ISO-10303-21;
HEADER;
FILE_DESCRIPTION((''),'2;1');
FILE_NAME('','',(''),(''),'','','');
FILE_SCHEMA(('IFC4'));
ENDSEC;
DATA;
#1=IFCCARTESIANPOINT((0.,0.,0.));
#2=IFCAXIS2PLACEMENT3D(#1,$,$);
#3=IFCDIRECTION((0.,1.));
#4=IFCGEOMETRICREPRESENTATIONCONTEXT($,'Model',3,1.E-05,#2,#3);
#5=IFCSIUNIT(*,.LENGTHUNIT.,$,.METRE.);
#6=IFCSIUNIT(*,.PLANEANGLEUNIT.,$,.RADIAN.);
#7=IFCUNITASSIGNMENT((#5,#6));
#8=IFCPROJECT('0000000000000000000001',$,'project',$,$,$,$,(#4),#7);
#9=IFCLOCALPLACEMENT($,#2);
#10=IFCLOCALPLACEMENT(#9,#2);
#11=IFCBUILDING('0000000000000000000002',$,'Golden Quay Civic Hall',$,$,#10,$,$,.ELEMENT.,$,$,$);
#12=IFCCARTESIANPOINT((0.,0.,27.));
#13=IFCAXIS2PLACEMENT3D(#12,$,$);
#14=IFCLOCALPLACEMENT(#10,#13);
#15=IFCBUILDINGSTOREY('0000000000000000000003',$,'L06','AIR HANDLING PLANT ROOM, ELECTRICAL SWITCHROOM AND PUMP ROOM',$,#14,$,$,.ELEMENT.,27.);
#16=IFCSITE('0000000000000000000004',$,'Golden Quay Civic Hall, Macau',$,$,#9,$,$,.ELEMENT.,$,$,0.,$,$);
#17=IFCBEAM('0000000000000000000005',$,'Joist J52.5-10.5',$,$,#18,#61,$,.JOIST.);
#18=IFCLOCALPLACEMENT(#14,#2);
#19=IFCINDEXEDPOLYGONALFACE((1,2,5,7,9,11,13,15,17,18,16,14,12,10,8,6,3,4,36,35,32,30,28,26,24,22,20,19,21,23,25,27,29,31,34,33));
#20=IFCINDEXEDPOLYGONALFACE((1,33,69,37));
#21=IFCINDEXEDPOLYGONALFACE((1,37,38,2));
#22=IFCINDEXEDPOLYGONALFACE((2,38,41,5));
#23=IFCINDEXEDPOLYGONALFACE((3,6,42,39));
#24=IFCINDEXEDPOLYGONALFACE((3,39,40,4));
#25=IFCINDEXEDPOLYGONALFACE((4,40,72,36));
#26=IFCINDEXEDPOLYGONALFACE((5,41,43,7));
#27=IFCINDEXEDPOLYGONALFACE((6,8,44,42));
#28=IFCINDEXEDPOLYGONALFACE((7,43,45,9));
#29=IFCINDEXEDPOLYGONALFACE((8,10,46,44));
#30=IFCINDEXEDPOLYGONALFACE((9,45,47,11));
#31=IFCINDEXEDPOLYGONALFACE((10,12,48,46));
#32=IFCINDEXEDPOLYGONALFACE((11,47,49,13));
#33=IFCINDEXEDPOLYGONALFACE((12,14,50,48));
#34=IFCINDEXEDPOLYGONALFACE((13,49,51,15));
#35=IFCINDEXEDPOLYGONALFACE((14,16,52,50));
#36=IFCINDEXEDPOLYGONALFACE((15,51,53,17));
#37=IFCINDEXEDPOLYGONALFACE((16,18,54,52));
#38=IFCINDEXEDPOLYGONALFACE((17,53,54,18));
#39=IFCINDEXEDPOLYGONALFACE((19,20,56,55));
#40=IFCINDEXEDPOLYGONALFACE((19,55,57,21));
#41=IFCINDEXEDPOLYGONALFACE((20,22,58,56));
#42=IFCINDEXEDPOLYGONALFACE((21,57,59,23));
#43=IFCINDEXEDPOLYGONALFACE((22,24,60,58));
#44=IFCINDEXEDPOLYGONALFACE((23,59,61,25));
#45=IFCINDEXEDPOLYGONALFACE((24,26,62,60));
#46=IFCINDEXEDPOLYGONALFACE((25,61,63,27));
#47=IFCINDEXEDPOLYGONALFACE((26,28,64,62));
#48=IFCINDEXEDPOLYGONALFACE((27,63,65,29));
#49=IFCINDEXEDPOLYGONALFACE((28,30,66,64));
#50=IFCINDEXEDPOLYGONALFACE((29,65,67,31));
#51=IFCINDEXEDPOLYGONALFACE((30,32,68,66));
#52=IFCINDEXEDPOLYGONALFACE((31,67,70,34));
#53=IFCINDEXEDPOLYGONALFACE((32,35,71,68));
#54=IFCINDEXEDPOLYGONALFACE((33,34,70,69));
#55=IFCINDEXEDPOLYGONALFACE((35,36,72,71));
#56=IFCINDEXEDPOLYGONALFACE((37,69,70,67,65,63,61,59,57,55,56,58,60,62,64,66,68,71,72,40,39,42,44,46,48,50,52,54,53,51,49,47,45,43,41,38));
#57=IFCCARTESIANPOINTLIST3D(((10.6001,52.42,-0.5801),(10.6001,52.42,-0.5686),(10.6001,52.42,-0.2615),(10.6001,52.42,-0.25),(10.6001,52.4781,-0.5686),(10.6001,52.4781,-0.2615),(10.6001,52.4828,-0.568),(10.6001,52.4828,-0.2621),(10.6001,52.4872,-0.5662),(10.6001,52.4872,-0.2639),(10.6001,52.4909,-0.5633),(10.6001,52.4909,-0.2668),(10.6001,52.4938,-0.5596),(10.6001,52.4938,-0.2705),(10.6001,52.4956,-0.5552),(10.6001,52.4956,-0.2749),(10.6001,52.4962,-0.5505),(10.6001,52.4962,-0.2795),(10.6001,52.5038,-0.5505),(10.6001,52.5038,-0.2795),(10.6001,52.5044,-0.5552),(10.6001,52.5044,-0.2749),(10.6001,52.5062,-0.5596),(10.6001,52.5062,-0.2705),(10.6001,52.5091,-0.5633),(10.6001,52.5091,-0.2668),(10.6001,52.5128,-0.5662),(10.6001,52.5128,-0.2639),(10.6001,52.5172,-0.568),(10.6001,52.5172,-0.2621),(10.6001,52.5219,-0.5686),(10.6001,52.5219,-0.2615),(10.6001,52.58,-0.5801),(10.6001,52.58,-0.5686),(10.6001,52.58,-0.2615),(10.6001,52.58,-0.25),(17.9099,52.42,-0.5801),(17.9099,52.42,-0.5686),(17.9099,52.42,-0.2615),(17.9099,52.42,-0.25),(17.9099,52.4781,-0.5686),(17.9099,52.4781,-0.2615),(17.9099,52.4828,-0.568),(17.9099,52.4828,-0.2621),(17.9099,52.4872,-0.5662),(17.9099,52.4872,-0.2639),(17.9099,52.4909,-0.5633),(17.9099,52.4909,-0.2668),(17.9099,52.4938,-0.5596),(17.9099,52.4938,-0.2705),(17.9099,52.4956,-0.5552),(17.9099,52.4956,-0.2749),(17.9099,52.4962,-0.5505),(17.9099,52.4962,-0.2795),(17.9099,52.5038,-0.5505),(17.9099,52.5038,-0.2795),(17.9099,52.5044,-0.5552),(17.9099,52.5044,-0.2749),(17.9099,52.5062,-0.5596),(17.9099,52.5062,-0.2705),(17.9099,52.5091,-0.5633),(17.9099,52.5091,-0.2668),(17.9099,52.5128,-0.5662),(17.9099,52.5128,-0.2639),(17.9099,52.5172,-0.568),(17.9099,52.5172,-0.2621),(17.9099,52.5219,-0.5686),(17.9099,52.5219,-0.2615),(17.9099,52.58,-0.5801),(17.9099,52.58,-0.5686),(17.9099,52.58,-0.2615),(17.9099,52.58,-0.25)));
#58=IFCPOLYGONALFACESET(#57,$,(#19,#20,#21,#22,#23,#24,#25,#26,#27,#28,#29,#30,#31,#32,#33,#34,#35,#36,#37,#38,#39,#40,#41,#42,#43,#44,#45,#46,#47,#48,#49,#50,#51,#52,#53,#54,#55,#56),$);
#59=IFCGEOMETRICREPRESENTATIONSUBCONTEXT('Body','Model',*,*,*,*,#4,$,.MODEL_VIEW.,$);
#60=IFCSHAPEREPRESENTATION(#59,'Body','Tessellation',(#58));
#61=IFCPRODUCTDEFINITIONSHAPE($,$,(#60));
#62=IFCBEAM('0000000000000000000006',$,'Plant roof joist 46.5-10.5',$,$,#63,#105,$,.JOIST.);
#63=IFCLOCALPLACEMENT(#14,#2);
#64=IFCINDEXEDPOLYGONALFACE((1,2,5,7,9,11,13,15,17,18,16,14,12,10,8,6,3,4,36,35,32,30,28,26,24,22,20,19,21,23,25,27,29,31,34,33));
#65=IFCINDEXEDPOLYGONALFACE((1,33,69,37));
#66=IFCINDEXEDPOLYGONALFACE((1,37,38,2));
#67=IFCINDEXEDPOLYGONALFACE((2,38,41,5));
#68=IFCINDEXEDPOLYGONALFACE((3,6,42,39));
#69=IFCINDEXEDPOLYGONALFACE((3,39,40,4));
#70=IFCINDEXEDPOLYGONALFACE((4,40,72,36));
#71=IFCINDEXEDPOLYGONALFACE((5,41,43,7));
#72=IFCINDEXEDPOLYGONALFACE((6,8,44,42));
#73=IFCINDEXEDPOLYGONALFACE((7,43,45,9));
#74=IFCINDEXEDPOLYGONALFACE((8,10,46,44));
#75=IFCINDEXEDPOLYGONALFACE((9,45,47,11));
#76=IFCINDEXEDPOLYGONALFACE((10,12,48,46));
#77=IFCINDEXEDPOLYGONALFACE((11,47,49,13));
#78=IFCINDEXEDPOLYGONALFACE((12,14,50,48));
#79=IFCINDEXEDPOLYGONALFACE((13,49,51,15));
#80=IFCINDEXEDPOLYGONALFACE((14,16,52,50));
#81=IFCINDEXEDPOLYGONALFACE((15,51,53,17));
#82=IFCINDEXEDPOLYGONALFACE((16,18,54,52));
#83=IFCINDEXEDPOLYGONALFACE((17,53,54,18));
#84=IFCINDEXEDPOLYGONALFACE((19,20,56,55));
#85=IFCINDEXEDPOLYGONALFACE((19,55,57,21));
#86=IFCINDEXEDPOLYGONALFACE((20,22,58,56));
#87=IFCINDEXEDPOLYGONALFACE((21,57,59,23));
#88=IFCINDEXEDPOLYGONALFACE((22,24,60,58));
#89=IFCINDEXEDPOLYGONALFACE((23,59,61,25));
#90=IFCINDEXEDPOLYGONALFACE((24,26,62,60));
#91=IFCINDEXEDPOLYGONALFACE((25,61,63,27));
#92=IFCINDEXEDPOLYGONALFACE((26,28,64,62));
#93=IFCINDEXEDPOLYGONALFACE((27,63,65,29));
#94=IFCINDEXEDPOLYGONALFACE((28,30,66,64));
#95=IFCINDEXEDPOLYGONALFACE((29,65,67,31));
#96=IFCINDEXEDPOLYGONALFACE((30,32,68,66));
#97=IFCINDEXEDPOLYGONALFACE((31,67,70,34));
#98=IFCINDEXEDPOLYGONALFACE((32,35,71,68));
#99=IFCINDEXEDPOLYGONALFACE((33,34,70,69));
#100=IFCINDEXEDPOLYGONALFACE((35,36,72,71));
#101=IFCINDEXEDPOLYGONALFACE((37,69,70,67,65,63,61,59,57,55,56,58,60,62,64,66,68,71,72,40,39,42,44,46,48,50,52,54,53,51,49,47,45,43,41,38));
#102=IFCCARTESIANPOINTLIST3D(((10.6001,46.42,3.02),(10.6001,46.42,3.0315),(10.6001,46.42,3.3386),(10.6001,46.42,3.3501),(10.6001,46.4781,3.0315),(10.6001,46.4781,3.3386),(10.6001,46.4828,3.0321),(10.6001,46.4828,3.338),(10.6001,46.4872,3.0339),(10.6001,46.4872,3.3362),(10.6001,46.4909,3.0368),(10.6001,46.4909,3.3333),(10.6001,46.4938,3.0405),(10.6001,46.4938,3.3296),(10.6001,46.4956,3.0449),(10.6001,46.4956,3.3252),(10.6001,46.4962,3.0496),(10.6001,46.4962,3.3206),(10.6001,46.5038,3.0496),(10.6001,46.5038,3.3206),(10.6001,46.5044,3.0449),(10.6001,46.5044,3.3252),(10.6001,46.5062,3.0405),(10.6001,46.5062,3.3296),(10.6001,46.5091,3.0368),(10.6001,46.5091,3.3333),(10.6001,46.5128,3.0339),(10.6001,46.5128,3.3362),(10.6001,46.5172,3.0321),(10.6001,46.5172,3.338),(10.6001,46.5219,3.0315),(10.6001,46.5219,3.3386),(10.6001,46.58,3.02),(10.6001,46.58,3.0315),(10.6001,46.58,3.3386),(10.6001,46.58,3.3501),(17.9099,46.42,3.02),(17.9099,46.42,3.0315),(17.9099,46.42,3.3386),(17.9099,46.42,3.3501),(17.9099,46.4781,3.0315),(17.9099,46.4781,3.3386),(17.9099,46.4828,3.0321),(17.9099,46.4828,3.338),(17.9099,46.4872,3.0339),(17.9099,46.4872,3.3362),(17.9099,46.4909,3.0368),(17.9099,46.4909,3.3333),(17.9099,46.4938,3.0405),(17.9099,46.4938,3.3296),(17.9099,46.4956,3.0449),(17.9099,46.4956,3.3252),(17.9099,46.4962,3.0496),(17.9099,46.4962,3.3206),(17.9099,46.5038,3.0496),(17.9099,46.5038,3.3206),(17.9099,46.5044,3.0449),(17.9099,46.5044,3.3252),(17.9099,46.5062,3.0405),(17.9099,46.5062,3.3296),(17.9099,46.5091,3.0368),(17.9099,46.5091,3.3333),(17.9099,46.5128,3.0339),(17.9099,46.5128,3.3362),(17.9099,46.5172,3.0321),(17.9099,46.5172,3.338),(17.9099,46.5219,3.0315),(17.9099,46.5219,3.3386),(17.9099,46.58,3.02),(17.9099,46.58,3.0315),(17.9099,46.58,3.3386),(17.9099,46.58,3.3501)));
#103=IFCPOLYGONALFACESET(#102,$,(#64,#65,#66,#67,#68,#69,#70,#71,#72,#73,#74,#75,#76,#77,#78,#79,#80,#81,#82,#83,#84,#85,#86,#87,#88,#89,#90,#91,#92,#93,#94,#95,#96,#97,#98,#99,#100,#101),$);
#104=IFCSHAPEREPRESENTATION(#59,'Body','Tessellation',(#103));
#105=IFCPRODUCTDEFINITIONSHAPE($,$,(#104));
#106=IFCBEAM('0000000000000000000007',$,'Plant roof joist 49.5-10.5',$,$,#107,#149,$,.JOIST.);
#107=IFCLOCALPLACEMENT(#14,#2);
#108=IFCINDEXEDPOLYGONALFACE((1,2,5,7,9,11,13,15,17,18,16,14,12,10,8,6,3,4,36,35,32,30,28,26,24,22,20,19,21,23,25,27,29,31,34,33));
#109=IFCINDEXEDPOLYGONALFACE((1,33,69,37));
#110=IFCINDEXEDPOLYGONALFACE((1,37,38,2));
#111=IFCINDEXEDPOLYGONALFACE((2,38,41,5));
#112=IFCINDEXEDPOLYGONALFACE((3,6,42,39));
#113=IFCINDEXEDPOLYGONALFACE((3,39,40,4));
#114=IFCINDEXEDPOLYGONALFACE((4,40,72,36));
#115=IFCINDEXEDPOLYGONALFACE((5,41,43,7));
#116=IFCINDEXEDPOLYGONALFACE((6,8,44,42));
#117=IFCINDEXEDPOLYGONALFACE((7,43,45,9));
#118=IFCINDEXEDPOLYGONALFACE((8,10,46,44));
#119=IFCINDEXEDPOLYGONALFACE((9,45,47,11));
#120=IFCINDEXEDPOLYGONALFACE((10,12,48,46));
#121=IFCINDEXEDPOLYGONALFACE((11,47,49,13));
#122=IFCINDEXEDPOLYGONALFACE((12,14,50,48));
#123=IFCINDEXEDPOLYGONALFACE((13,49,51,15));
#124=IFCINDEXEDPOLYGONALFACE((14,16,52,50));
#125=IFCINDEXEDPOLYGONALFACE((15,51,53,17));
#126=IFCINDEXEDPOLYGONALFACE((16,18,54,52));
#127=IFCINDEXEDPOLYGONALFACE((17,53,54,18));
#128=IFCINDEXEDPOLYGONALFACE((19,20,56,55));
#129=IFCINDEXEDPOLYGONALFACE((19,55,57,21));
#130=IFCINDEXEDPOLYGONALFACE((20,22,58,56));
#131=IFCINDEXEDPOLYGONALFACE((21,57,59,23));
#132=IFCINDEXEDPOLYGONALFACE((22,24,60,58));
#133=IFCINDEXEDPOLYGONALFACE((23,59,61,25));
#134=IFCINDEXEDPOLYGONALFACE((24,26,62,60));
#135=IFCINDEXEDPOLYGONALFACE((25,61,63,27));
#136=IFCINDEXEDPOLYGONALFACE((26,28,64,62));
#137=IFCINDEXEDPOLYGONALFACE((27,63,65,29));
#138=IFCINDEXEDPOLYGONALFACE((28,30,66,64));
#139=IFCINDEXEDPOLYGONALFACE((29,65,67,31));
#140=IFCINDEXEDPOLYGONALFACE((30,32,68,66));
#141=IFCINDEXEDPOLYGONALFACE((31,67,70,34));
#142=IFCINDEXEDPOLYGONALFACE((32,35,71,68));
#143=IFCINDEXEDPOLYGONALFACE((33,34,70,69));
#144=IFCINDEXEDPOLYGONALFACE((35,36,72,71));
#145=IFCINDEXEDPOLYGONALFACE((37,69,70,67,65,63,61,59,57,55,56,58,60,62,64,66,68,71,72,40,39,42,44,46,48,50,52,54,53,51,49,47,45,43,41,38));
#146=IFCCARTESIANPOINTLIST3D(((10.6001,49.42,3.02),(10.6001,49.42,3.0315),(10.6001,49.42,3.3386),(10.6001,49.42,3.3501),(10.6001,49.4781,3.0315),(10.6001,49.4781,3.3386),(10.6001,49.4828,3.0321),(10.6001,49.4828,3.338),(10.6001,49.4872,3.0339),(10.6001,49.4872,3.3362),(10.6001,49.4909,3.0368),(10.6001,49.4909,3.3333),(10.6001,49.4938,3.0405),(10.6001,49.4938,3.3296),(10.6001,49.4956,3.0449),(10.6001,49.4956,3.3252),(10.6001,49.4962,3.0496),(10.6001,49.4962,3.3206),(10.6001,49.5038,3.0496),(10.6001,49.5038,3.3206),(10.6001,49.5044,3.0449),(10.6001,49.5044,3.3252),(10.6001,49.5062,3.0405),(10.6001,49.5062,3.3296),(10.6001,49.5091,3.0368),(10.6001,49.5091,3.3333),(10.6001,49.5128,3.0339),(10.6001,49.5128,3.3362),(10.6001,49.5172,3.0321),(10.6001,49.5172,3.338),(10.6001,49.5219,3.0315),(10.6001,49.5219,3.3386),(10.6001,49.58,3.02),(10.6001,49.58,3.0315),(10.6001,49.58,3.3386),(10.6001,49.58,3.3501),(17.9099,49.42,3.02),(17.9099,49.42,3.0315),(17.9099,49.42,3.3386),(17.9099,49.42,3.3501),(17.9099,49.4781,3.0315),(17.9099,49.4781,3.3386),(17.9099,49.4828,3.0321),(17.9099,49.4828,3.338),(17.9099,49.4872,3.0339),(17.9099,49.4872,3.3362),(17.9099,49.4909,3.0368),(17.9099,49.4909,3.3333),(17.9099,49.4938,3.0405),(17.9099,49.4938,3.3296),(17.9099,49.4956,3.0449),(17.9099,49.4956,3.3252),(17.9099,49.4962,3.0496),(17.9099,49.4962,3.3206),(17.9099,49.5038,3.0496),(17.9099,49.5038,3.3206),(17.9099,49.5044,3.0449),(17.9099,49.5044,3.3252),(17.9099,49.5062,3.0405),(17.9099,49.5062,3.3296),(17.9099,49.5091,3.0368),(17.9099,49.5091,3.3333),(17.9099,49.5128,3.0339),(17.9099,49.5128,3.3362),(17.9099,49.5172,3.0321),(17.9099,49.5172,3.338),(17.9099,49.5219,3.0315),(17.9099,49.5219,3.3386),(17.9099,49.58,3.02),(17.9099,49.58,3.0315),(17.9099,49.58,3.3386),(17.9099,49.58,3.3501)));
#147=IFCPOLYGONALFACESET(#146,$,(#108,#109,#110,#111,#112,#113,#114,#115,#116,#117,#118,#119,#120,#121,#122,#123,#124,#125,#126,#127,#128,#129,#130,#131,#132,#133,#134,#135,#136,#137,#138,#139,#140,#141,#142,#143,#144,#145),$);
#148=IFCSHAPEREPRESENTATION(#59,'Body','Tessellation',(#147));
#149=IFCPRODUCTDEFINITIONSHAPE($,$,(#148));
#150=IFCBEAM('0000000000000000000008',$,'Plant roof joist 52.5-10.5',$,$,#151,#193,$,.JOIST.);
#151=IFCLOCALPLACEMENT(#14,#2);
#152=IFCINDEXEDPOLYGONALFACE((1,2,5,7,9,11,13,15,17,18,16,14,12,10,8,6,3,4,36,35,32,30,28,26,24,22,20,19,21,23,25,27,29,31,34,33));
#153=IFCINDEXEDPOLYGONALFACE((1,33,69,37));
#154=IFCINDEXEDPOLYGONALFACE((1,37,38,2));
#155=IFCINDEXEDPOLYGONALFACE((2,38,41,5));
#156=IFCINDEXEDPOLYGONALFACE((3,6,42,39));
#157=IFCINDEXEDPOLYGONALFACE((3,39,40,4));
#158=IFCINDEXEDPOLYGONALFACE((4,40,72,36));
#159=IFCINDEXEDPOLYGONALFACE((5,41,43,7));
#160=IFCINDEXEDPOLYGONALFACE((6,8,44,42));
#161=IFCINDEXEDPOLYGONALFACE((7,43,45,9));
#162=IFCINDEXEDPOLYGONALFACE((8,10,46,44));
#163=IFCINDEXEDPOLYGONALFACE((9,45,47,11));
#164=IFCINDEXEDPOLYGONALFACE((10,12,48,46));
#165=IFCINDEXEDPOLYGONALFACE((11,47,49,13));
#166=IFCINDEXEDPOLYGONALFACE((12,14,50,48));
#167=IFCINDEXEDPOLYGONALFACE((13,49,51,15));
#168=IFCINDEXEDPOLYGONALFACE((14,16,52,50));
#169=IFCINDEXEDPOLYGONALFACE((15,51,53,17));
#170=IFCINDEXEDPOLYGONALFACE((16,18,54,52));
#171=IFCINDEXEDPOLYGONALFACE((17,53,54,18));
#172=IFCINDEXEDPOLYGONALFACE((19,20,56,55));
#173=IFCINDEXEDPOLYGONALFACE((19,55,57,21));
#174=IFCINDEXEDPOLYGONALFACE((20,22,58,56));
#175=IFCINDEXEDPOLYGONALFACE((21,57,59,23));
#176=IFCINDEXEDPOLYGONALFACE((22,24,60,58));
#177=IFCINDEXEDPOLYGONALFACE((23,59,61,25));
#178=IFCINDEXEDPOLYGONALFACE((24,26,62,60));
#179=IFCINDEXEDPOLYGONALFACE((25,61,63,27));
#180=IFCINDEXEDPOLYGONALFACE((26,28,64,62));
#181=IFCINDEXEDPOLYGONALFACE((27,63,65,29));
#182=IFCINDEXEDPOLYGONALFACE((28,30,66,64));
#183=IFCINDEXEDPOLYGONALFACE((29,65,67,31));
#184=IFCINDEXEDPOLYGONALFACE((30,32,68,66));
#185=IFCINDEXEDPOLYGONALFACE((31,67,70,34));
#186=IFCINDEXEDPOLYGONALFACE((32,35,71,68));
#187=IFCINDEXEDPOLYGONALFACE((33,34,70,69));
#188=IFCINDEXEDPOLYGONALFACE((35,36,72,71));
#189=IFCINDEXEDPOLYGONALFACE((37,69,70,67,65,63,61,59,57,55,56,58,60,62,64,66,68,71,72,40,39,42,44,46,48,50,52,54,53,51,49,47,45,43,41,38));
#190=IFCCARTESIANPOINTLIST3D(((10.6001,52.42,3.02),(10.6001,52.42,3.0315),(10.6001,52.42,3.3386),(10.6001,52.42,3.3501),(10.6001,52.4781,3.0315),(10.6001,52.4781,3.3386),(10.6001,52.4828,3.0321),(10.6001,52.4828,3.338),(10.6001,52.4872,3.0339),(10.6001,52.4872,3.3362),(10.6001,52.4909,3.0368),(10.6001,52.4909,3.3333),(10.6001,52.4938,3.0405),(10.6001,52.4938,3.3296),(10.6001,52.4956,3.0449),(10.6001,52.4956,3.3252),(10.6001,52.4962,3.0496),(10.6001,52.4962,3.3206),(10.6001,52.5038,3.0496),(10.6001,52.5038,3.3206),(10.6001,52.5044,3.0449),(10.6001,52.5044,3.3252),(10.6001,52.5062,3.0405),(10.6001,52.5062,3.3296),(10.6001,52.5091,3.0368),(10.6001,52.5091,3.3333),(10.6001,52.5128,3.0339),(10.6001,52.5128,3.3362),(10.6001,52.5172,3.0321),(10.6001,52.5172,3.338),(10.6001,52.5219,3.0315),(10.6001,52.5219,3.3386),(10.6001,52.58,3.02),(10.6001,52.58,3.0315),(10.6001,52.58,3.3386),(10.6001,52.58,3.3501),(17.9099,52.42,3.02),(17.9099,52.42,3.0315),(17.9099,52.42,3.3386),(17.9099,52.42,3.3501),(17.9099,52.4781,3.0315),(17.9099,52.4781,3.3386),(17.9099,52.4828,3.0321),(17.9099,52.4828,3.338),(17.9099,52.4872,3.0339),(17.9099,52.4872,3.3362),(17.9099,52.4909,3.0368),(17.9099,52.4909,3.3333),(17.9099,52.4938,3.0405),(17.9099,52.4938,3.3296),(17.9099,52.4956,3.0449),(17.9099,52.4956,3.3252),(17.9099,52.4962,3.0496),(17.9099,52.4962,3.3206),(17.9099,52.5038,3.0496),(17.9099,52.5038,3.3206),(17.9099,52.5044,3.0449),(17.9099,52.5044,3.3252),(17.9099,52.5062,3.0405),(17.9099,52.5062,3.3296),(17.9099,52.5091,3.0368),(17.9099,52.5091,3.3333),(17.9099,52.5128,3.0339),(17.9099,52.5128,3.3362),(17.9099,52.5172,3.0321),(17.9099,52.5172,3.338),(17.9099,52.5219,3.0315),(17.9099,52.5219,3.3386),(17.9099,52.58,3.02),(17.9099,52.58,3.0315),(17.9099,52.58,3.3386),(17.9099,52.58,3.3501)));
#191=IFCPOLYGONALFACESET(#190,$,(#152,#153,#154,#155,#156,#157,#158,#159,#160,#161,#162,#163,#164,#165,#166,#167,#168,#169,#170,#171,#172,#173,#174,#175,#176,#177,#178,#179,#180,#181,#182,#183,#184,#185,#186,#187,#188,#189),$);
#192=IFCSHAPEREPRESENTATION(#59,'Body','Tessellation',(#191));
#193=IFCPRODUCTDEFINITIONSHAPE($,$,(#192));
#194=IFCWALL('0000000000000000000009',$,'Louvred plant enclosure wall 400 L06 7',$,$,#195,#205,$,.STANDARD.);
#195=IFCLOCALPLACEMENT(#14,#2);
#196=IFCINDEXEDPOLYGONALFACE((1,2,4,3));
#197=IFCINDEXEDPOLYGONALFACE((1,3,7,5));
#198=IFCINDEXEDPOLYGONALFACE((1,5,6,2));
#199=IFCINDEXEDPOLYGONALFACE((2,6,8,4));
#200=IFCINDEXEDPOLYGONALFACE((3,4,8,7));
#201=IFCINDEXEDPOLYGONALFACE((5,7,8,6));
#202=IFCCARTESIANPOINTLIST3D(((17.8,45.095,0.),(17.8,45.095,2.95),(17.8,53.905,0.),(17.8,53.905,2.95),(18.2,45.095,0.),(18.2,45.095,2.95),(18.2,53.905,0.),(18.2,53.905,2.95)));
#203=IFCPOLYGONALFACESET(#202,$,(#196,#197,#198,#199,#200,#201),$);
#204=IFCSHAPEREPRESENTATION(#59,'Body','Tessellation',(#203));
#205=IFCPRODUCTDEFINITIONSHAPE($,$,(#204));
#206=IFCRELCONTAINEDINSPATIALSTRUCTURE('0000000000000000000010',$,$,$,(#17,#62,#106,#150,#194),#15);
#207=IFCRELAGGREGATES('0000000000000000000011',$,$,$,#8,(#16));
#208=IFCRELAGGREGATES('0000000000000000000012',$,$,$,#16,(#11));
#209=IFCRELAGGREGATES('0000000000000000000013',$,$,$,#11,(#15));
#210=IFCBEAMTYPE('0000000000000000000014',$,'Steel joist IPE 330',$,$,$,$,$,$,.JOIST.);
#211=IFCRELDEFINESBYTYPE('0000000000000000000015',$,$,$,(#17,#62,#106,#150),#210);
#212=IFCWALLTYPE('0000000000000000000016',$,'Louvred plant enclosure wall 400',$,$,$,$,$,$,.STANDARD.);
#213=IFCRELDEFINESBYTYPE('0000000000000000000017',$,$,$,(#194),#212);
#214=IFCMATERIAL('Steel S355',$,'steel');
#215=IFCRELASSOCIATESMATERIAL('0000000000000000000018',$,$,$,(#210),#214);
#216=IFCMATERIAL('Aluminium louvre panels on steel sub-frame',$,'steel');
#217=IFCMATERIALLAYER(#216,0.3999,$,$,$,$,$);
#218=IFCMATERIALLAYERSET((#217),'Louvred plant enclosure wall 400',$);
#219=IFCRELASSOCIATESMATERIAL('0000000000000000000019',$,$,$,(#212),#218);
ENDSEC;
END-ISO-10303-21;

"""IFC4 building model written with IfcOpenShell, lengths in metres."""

from ifc_helpers import new_model, si_unit, direction, frame, frame_2d, origin, origin_2d, place, context, subcontext, project, spatial, rectangle, i_section, extrude, material, layer, layer_set, material_profile, profile_set, type_object, element, save


model = new_model("IFC4")

# Units and contexts
model_context = context("Model", 3, precision=1e-05, world=origin(), true_north=direction((0.0, 1.0)))
body_context = subcontext(model_context, "Body", "Model", "MODEL_VIEW")
ifc_project = project(units=[si_unit("LENGTHUNIT", "METRE"), si_unit("PLANEANGLEUNIT", "RADIAN")], contexts=[model_context])

# Site, building, storey
site_placement = place(None, origin())
site = spatial("IfcSite", under=ifc_project, at=site_placement, Name="Golden Quay Civic Hall, Macau", CompositionType="ELEMENT", RefElevation=0.0)
building_placement = place(site_placement, origin())
building = spatial("IfcBuilding", under=site, at=building_placement, Name="Golden Quay Civic Hall", CompositionType="ELEMENT")
storey_placement = place(building_placement, frame((0.0, 0.0, 27.0)))
storey = spatial("IfcBuildingStorey", under=building, at=storey_placement, Name="L06", Description="AIR HANDLING PLANT ROOM, ELECTRICAL SWITCHROOM AND PUMP ROOM", CompositionType="ELEMENT", Elevation=27.0)

# Beams
ifc_material_1 = material(Name="Steel S355", Category="steel")
ifc_material_profile_1 = material_profile(ifc_material_1, i_section(OverallWidth=0.1599, OverallDepth=0.3301, WebThickness=0.0076, FlangeThickness=0.0115, FilletRadius=0.0181, at=origin_2d()), Name="IPE 330")
ifc_profile_set_1 = profile_set([ifc_material_profile_1], Name="Steel S355")
beam_type_1 = type_object("IfcBeamType", Name="Steel joist IPE 330", PredefinedType="JOIST", material=ifc_profile_set_1)
for number, where, z_axis, x_axis, name in (
    (1, (10.6001, 52.5, -0.415), (1.0, 0.0, 0.0), (0.0, 1.0, 0.0), "Joist J52.5-10.5"),
    (2, (10.6001, 46.5, 3.1851), (1.0, 0.0, 0.0), (0.0, 1.0, 0.0), "Plant roof joist 46.5-10.5"),
    (3, (10.6001, 49.5, 3.1851), (1.0, 0.0, 0.0), (0.0, 1.0, 0.0), "Plant roof joist 49.5-10.5"),
    (4, (10.6001, 52.5, 3.1851), (1.0, 0.0, 0.0), (0.0, 1.0, 0.0), "Plant roof joist 52.5-10.5"),
):
    element("IfcBeam", number, at=place(storey_placement, frame(where, z_axis=z_axis, x_axis=x_axis)), inside=storey, type_object=beam_type_1, Name=name, PredefinedType="JOIST", context=body_context, shape_type="SweptSolid", body=[
        extrude(i_section(OverallWidth=0.1599, OverallDepth=0.3301, WebThickness=0.0076, FlangeThickness=0.0115, FilletRadius=0.0181, at=origin_2d()), origin(), (0.0, 0.0, 1.0), 7.3098),
    ])

# Wall
ifc_material_2 = material(Name="Aluminium louvre panels on steel sub-frame", Category="steel")
ifc_layer_1 = layer(ifc_material_2, 0.3999)
ifc_layer_set_1 = layer_set([ifc_layer_1], Name="Louvred plant enclosure wall 400")
wall_type_1 = type_object("IfcWallType", Name="Louvred plant enclosure wall 400", PredefinedType="STANDARD", material=ifc_layer_set_1)
wall_1_placement = place(storey_placement, frame((18.0, 53.905, 0.0), z_axis=(0.0, 0.0, 1.0), x_axis=(0.0, -1.0, 0.0)))
element("IfcWall", 5, at=wall_1_placement, inside=storey, type_object=wall_type_1, Name="Louvred plant enclosure wall 400 L06 7", PredefinedType="STANDARD", context=body_context, shape_type="SweptSolid", body=[
    extrude(rectangle(XDim=8.8101, YDim=0.3999, at=frame_2d((4.405, 0.0))), origin(), (0.0, 0.0, 1.0), 2.95),
])

save(model, "model.ifc")
